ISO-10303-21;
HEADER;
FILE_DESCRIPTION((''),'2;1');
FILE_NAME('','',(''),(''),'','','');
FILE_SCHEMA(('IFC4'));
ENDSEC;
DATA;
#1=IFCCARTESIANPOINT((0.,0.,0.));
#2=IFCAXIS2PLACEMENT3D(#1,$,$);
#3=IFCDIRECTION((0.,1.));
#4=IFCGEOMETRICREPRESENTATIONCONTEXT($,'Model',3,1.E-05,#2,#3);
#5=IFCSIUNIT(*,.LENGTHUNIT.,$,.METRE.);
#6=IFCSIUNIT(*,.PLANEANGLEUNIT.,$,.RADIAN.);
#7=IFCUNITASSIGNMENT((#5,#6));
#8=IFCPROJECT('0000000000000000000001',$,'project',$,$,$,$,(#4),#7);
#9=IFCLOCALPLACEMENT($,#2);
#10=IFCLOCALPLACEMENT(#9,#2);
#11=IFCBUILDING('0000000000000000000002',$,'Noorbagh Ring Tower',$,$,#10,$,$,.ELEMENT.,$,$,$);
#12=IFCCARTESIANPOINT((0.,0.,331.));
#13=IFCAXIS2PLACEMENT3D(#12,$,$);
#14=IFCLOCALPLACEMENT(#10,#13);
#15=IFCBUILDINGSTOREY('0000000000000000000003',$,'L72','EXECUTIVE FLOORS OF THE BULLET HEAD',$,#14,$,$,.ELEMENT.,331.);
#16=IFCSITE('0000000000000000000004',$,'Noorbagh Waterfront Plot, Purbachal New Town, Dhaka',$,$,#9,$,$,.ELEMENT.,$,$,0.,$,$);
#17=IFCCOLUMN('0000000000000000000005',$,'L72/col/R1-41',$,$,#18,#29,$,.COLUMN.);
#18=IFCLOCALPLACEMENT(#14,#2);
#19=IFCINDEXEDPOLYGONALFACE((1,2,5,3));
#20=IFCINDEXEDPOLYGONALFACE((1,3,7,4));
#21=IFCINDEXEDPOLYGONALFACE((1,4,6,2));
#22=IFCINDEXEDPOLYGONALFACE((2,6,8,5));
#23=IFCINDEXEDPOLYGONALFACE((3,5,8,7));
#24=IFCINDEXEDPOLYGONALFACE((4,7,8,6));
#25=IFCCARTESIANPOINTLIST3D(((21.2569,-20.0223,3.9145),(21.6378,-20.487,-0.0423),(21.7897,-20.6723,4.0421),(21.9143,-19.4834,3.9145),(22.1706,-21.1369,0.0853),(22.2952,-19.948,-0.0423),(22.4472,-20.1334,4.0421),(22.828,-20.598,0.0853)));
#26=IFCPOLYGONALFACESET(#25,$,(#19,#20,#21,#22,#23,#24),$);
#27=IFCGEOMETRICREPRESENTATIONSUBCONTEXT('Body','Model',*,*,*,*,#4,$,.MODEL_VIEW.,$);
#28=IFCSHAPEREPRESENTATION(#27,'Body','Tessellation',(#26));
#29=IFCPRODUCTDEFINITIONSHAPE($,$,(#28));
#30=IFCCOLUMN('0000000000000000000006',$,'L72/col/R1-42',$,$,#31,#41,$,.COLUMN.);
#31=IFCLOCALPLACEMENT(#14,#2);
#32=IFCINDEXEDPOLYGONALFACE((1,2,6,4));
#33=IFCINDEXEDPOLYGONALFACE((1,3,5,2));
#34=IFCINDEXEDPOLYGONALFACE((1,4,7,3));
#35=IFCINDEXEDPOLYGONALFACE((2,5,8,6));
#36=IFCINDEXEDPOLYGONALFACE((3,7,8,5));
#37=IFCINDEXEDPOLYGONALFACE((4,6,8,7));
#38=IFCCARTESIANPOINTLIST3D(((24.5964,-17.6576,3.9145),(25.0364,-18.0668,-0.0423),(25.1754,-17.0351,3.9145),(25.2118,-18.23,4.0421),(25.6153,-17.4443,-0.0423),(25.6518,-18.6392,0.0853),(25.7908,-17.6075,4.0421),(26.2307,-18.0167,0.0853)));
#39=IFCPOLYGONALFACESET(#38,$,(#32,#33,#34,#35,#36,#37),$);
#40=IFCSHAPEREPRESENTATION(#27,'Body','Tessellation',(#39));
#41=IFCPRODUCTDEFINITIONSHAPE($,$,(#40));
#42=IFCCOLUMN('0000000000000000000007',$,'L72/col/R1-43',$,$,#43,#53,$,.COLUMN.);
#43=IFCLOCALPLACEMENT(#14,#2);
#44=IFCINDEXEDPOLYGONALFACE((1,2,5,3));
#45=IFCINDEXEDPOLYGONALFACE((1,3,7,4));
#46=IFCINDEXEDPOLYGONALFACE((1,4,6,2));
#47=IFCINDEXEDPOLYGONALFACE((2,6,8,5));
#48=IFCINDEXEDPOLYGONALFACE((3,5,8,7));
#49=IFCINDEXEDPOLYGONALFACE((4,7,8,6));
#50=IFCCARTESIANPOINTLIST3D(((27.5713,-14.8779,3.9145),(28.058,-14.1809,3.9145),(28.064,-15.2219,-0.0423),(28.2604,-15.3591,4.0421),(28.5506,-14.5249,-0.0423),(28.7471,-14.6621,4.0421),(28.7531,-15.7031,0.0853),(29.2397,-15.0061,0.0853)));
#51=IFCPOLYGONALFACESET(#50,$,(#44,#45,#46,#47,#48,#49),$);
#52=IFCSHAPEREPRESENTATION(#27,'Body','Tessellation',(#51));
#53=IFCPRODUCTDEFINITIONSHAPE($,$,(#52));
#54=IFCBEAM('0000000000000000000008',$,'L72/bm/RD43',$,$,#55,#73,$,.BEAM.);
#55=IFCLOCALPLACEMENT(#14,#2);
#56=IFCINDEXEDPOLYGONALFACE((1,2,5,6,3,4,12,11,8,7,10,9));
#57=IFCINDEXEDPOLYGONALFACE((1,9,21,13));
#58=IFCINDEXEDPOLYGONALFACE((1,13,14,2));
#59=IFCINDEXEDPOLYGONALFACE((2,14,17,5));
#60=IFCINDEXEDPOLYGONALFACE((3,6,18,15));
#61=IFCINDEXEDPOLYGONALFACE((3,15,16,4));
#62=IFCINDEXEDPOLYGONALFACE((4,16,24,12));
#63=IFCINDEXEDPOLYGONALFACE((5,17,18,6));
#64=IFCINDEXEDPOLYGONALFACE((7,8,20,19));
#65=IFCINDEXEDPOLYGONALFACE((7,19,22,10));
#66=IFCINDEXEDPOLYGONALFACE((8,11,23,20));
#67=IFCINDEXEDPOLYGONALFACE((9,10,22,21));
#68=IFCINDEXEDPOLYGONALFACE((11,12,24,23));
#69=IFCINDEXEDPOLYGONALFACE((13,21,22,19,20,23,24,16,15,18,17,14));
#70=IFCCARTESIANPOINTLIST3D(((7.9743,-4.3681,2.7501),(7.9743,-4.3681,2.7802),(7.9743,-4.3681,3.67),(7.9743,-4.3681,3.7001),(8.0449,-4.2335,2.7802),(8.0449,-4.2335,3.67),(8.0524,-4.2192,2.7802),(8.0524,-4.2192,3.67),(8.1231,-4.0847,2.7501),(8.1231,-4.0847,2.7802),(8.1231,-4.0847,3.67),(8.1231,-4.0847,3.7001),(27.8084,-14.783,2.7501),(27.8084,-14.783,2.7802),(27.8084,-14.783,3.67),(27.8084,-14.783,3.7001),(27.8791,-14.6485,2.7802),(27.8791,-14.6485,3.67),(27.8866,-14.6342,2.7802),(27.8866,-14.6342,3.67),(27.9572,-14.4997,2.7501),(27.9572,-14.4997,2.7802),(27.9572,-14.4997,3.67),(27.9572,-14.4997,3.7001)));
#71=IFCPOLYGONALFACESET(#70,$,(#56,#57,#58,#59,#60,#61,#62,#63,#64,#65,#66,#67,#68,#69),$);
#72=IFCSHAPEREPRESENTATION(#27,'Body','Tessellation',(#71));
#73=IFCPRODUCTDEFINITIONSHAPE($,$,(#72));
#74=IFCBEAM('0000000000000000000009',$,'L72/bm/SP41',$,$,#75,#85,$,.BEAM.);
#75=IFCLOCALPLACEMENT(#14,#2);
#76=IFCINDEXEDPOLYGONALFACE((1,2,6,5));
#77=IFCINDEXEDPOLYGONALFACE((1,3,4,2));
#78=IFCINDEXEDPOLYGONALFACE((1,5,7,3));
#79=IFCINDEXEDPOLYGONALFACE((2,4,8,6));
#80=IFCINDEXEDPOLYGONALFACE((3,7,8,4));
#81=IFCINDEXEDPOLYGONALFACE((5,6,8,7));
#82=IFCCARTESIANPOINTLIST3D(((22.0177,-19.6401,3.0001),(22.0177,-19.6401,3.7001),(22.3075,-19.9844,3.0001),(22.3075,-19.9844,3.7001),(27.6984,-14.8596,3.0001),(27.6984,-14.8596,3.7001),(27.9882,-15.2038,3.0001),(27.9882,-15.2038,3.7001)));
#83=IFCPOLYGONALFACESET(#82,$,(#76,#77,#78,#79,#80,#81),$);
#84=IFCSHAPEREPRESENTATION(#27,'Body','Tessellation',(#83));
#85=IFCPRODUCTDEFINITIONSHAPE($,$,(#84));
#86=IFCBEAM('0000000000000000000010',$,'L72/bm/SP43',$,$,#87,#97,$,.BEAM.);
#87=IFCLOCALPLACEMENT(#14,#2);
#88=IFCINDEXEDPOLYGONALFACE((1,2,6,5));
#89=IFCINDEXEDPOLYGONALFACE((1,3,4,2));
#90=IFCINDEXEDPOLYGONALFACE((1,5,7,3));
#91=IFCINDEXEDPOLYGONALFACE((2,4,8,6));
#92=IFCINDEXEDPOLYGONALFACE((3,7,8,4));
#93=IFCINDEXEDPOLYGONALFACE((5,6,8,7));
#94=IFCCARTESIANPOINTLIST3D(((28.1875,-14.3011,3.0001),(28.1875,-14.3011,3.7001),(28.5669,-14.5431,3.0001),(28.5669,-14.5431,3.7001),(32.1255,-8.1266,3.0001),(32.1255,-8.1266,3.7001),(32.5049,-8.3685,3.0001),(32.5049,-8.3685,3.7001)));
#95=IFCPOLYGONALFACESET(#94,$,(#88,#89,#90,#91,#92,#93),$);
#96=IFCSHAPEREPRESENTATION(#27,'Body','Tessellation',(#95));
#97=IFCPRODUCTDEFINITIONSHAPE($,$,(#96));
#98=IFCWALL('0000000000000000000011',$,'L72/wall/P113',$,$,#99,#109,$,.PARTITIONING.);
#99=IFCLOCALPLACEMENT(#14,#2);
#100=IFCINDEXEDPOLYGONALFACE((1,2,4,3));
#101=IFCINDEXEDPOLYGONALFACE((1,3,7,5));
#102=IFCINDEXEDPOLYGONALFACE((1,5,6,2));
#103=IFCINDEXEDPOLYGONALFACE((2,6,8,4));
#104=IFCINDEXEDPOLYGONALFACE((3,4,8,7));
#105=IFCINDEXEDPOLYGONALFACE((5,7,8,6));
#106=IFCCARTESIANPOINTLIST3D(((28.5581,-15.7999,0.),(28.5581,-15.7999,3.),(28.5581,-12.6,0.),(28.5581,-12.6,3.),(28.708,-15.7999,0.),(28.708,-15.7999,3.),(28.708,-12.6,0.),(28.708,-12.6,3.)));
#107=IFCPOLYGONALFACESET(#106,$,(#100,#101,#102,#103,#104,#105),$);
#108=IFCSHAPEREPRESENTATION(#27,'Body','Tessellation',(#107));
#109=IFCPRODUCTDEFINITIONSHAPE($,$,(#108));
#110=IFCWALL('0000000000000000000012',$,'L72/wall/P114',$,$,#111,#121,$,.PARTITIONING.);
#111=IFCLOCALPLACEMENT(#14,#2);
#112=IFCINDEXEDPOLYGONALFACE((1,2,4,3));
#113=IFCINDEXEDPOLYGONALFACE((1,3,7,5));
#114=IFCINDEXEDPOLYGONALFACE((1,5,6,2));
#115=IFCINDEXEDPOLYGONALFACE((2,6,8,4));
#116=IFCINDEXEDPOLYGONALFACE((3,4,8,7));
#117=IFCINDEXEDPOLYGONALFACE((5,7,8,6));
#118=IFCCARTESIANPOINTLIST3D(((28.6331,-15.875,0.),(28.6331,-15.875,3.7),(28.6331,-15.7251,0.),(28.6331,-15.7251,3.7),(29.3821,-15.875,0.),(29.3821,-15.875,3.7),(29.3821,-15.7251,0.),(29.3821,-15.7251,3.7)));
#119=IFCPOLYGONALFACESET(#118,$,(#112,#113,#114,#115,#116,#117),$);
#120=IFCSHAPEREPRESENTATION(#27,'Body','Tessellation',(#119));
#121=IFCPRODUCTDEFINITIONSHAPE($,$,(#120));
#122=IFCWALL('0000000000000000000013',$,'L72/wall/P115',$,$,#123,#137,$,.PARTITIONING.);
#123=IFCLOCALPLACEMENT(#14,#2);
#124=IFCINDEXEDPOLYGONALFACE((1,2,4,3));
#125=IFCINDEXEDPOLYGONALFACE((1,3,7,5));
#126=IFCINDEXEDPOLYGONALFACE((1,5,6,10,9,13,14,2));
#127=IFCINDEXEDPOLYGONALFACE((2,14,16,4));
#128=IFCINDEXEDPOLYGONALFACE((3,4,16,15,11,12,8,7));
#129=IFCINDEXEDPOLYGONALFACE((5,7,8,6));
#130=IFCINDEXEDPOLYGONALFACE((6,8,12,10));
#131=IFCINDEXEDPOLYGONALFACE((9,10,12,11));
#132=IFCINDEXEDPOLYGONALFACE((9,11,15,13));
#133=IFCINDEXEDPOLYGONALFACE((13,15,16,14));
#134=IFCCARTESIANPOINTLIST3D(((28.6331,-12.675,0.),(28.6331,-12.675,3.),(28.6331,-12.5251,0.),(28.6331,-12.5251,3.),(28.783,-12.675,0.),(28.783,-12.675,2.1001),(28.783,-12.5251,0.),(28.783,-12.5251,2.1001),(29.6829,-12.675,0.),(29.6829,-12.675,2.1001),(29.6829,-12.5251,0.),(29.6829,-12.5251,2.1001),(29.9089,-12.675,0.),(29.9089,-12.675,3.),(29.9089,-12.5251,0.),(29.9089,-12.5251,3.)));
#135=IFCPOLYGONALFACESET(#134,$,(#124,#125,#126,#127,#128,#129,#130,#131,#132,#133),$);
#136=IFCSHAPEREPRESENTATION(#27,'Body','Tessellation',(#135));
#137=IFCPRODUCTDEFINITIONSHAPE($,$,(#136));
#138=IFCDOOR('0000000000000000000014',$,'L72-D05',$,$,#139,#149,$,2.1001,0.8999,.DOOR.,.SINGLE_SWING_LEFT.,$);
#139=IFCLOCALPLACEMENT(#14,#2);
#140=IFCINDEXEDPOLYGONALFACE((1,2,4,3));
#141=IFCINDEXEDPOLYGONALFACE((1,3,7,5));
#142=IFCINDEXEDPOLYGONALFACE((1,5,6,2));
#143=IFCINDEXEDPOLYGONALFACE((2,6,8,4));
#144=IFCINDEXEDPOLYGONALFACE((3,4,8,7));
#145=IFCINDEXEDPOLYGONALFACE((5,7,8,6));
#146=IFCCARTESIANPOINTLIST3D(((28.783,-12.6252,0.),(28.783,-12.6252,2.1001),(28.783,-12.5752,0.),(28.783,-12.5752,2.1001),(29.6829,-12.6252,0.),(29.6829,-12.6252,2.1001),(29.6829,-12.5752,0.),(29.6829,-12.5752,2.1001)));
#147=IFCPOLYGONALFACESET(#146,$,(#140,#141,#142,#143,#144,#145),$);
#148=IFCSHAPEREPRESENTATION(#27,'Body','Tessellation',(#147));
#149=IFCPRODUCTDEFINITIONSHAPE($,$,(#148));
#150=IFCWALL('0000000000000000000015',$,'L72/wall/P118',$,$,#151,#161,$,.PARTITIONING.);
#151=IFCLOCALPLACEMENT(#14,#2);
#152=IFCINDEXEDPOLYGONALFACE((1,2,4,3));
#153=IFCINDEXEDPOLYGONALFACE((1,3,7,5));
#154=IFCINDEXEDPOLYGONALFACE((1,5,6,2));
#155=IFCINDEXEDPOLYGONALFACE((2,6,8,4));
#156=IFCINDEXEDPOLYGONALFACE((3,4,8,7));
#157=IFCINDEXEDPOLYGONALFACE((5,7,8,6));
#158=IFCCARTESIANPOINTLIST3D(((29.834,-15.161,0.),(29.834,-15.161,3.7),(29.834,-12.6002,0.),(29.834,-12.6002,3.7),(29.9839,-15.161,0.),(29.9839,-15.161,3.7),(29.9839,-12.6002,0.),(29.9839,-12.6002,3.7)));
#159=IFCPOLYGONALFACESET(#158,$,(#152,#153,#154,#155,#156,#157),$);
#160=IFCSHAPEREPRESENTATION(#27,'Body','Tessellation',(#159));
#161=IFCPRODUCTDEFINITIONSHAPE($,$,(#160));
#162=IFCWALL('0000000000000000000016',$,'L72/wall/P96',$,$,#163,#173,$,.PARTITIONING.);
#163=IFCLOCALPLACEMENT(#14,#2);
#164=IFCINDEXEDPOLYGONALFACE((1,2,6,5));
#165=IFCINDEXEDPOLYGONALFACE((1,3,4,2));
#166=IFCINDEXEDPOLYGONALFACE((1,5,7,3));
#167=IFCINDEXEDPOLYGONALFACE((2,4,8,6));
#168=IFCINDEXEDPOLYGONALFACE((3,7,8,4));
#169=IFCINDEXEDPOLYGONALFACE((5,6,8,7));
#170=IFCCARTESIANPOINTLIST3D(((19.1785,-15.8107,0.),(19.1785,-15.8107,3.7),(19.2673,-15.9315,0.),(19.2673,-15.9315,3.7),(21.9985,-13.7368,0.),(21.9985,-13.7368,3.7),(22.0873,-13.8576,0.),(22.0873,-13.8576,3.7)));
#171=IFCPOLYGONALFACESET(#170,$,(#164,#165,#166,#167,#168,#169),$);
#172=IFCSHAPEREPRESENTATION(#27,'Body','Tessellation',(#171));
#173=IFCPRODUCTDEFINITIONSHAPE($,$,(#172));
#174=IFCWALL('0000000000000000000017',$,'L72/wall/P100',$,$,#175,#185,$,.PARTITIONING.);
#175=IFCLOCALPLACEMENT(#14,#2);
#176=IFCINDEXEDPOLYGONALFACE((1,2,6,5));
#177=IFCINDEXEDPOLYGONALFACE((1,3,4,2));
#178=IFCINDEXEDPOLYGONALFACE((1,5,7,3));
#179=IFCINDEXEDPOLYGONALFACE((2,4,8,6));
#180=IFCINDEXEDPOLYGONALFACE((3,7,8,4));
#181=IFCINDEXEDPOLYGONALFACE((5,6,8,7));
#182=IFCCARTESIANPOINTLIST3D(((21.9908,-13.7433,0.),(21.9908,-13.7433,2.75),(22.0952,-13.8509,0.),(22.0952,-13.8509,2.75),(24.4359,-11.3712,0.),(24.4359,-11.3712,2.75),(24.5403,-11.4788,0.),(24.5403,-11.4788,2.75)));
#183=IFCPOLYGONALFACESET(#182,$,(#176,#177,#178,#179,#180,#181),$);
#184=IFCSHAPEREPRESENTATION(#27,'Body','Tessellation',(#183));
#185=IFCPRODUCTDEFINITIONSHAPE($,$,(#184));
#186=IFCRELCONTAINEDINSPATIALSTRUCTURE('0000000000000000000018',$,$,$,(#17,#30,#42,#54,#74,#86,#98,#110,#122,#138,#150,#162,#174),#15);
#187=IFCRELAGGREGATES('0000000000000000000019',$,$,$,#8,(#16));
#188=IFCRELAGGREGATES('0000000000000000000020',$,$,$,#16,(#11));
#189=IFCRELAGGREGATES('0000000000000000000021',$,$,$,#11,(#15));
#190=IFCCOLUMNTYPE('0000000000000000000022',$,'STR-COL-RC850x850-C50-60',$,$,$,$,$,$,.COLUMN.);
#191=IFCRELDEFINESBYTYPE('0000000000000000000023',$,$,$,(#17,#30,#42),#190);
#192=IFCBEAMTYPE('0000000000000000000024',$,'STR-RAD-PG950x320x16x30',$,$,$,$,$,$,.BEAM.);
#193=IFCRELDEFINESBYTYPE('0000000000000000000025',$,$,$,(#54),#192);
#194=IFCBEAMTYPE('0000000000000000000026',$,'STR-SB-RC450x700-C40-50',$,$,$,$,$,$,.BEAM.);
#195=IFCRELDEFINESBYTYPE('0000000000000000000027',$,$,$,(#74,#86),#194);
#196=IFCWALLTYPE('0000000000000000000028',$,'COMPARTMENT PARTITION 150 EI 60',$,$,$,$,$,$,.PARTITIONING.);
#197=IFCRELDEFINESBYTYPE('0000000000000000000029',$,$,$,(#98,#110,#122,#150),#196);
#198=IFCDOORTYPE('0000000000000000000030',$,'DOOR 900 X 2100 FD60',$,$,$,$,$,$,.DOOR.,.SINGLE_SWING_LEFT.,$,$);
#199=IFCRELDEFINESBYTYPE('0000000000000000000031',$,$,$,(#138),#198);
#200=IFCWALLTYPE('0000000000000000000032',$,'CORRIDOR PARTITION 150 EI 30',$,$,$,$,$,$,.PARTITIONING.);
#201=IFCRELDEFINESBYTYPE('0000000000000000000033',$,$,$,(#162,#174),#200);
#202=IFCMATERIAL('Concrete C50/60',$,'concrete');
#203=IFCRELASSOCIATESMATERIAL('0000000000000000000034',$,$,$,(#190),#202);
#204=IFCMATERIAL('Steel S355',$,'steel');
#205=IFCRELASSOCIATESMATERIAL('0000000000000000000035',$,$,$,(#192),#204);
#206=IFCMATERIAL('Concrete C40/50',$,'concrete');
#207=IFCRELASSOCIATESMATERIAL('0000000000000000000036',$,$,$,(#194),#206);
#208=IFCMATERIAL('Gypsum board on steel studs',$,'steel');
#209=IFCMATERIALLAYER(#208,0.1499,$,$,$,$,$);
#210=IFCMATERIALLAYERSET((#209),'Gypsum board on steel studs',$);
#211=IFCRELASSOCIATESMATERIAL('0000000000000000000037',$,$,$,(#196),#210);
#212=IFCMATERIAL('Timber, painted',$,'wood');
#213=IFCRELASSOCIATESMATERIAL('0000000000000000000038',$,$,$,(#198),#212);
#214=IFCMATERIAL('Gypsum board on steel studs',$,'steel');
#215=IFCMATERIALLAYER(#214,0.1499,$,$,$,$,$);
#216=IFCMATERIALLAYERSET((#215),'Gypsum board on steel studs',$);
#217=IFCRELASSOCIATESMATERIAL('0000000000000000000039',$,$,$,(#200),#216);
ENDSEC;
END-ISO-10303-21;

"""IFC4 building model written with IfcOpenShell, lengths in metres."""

from ifc_helpers import new_model, si_unit, direction, frame, frame_2d, origin, origin_2d, place, context, subcontext, project, spatial, rectangle, i_section, extrude, material, layer, layer_set, material_profile, profile_set, type_object, element, fill, save


model = new_model("IFC4")

# Units and contexts
model_context = context("Model", 3, precision=1e-05, world=origin(), true_north=direction((0.0, 1.0)))
body_context = subcontext(model_context, "Body", "Model", "MODEL_VIEW")
ifc_project = project(units=[si_unit("LENGTHUNIT", "METRE"), si_unit("PLANEANGLEUNIT", "RADIAN")], contexts=[model_context])

# Site, building, storey
site_placement = place(None, origin())
site = spatial("IfcSite", under=ifc_project, at=site_placement, Name="Noorbagh Waterfront Plot, Purbachal New Town, Dhaka", CompositionType="ELEMENT", RefElevation=0.0)
building_placement = place(site_placement, origin())
building = spatial("IfcBuilding", under=site, at=building_placement, Name="Noorbagh Ring Tower", CompositionType="ELEMENT")
storey_placement = place(building_placement, frame((0.0, 0.0, 331.0)))
storey = spatial("IfcBuildingStorey", under=building, at=storey_placement, Name="L72", Description="EXECUTIVE FLOORS OF THE BULLET HEAD", CompositionType="ELEMENT", Elevation=331.0)

# Columns
ifc_material_1 = material(Name="Concrete C50/60", Category="concrete")
ifc_material_profile_1 = material_profile(ifc_material_1, rectangle(XDim=0.8501, YDim=0.8501, at=origin_2d()), Name="RC850x850")
ifc_profile_set_1 = profile_set([ifc_material_profile_1], Name="Concrete C50/60")
column_type = type_object("IfcColumnType", Name="STR-COL-RC850x850-C50-60", PredefinedType="COLUMN", material=ifc_profile_set_1)
for number, where, z_axis, x_axis, name in (
    (1, (22.2329, -20.5425, 0.0215), (-0.095164, 0.116088, 0.988669), (-0.773359, -0.633968, 0.0), "L72/col/R1-41"),
    (2, (25.6335, -18.0417, 0.0215), (-0.109926, 0.10224, 0.988667), (-0.681043, -0.732243, 0.0), "L72/col/R1-42"),
    (3, (28.6519, -15.114, 0.0215), (-0.123103, 0.085952, 0.988665), (-0.57248, -0.819919, 0.0), "L72/col/R1-43"),
):
    element("IfcColumn", number, at=place(storey_placement, frame(where, z_axis=z_axis, x_axis=x_axis)), inside=storey, type_object=column_type, Name=name, PredefinedType="COLUMN", context=body_context, shape_type="SweptSolid", body=[
        extrude(rectangle(XDim=0.8501, YDim=0.8501, at=origin_2d()), origin(), (0.0, 0.0, 1.0), 4.0022),
    ])

# Beams
ifc_material_2 = material(Name="Steel S355", Category="steel")
ifc_material_profile_2 = material_profile(ifc_material_2, i_section(OverallWidth=0.3201, OverallDepth=0.95, WebThickness=0.0161, FlangeThickness=0.03, at=origin_2d()), Name="PG950x320x16x30")
ifc_profile_set_2 = profile_set([ifc_material_profile_2], Name="Steel S355")
beam_type_1 = type_object("IfcBeamType", Name="STR-RAD-PG950x320x16x30", PredefinedType="BEAM", material=ifc_profile_set_2)
beam_1_placement = place(storey_placement, frame((27.8828, -14.6414, 3.2251), z_axis=(-0.88536, 0.464906, 0.0), x_axis=(-0.464906, -0.88536, 0.0)))
element("IfcBeam", 4, at=beam_1_placement, inside=storey, type_object=beam_type_1, Name="L72/bm/RD43", PredefinedType="BEAM", context=body_context, shape_type="SweptSolid", body=[
    extrude(i_section(OverallWidth=0.3201, OverallDepth=0.95, WebThickness=0.0161, FlangeThickness=0.03, at=origin_2d()), origin(), (0.0, 0.0, 1.0), 22.4023),
])
ifc_material_3 = material(Name="Concrete C40/50", Category="concrete")
ifc_material_profile_3 = material_profile(ifc_material_3, rectangle(XDim=0.45, YDim=0.7, at=origin_2d()), Name="RC450x700")
ifc_profile_set_3 = profile_set([ifc_material_profile_3], Name="Concrete C40/50")
beam_type_2 = type_object("IfcBeamType", Name="STR-SB-RC450x700-C40-50", PredefinedType="BEAM", material=ifc_profile_set_3)
beam_2_placement = place(storey_placement, frame((22.1626, -19.8123, 3.3501), z_axis=(0.765123, 0.643884, 0.0), x_axis=(-0.643884, 0.765123, 0.0)))
element("IfcBeam", 5, at=beam_2_placement, inside=storey, type_object=beam_type_2, Name="L72/bm/SP41", PredefinedType="BEAM", context=body_context, shape_type="SweptSolid", body=[
    extrude(rectangle(XDim=0.45, YDim=0.7, at=origin_2d()), origin(), (0.0, 0.0, 1.0), 7.4246),
])
beam_3_placement = place(storey_placement, frame((28.3772, -14.4221, 3.3501), z_axis=(0.537723, 0.843122, 0.0), x_axis=(-0.843122, 0.537723, 0.0)))
element("IfcBeam", 6, at=beam_3_placement, inside=storey, type_object=beam_type_2, Name="L72/bm/SP43", PredefinedType="BEAM", context=body_context, shape_type="SweptSolid", body=[
    extrude(rectangle(XDim=0.45, YDim=0.7, at=origin_2d()), origin(), (0.0, 0.0, 1.0), 7.3235),
])

# Walls
ifc_material_4 = material(Name="Gypsum board on steel studs", Category="steel")
ifc_layer_1 = layer(ifc_material_4, 0.1499)
ifc_layer_set_1 = layer_set([ifc_layer_1], Name="Gypsum board on steel studs")
wall_type_1 = type_object("IfcWallType", Name="COMPARTMENT PARTITION 150 EI 60", PredefinedType="PARTITIONING", material=ifc_layer_set_1)
wall_1_placement = place(storey_placement, frame((28.6331, -15.8, 0.0), z_axis=(0.0, 0.0, 1.0), x_axis=(0.0, 1.0, 0.0)))
element("IfcWall", 7, at=wall_1_placement, inside=storey, type_object=wall_type_1, Name="L72/wall/P113", PredefinedType="PARTITIONING", context=body_context, shape_type="SweptSolid", body=[
    extrude(rectangle(XDim=3.2, YDim=0.1499, at=frame_2d((1.6001, 0.0))), origin(), (0.0, 0.0, 1.0), 3.0),
])
wall_2_placement = place(storey_placement, frame((28.6331, -15.8, 0.0), z_axis=(0.0, 0.0, 1.0), x_axis=(1.0, 0.0, 0.0)))
element("IfcWall", 8, at=wall_2_placement, inside=storey, type_object=wall_type_1, Name="L72/wall/P114", PredefinedType="PARTITIONING", context=body_context, shape_type="SweptSolid", body=[
    extrude(rectangle(XDim=0.749, YDim=0.1499, at=frame_2d((0.3745, 0.0))), origin(), (0.0, 0.0, 1.0), 3.7),
])

# Wall, opening, door
wall_3_placement = place(storey_placement, frame((28.6331, -12.6001, 0.0), z_axis=(0.0, 0.0, 1.0), x_axis=(1.0, 0.0, 0.0)))
wall_3 = element("IfcWall", 9, at=wall_3_placement, inside=storey, type_object=wall_type_1, Name="L72/wall/P115", PredefinedType="PARTITIONING", context=body_context, shape_type="SweptSolid", body=[
    extrude(rectangle(XDim=1.2759, YDim=0.1499, at=frame_2d((0.6379, 0.0))), origin(), (0.0, 0.0, 1.0), 3.0),
])
opening_1_placement = place(wall_3_placement, frame((0.1499, 0.0, 0.0)))
opening_1 = element("IfcOpeningElement", 10, at=opening_1_placement, cuts=wall_3, PredefinedType="OPENING", context=body_context, shape_type="SweptSolid", body=[
    extrude(rectangle(XDim=0.8999, YDim=2.1001, at=frame_2d((0.45, 1.05))), frame((0.0, 0.085, 0.0), z_axis=(0.0, -1.0, 0.0), x_axis=(1.0, 0.0, 0.0)), (0.0, 0.0, 1.0), 0.1699),
])
ifc_material_5 = material(Name="Timber, painted", Category="wood")
door_type_1 = type_object("IfcDoorType", Name="DOOR 900 X 2100 FD60", OperationType="SINGLE_SWING_LEFT", PredefinedType="DOOR", material=ifc_material_5)
door_1_placement = place(opening_1_placement, origin())
door_1 = element("IfcDoor", 11, at=door_1_placement, inside=storey, type_object=door_type_1, Name="L72-D05", OperationType="SINGLE_SWING_LEFT", OverallHeight=2.1001, OverallWidth=0.8999, PredefinedType="DOOR", context=body_context, shape_type="SweptSolid", body=[
    extrude(rectangle(XDim=0.8999, YDim=2.1001, at=frame_2d((0.45, 1.05))), frame((0.0, 0.0249, 0.0), z_axis=(0.0, -1.0, 0.0), x_axis=(1.0, 0.0, 0.0)), (0.0, 0.0, 1.0), 0.05),
])
fill(opening_1, door_1)

# Walls
wall_4_placement = place(storey_placement, frame((29.9089, -15.1609, 0.0), z_axis=(0.0, 0.0, 1.0), x_axis=(0.0, 1.0, 0.0)))
element("IfcWall", 12, at=wall_4_placement, inside=storey, type_object=wall_type_1, Name="L72/wall/P118", PredefinedType="PARTITIONING", context=body_context, shape_type="SweptSolid", body=[
    extrude(rectangle(XDim=2.5608, YDim=0.1499, at=frame_2d((1.2803, 0.0))), origin(), (0.0, 0.0, 1.0), 3.7),
])
ifc_material_6 = material(Name="Gypsum board on steel studs", Category="steel")
ifc_layer_2 = layer(ifc_material_6, 0.1499)
ifc_layer_set_2 = layer_set([ifc_layer_2], Name="Gypsum board on steel studs")
wall_type_2 = type_object("IfcWallType", Name="CORRIDOR PARTITION 150 EI 30", PredefinedType="PARTITIONING", material=ifc_layer_set_2)
wall_5_placement = place(storey_placement, frame((19.2229, -15.8711, 0.0), z_axis=(0.0, 0.0, 1.0), x_axis=(0.805597, 0.592464, 0.0)))
element("IfcWall", 13, at=wall_5_placement, inside=storey, type_object=wall_type_2, Name="L72/wall/P96", PredefinedType="PARTITIONING", context=body_context, shape_type="SweptSolid", body=[
    extrude(rectangle(XDim=3.5005, YDim=0.1499, at=frame_2d((1.7502, 0.0))), origin(), (0.0, 0.0, 1.0), 3.7),
])
wall_6_placement = place(storey_placement, frame((22.043, -13.7971, 0.0), z_axis=(0.0, 0.0, 1.0), x_axis=(0.71774, 0.696311, 0.0)))
element("IfcWall", 14, at=wall_6_placement, inside=storey, type_object=wall_type_2, Name="L72/wall/P100", PredefinedType="PARTITIONING", context=body_context, shape_type="SweptSolid", body=[
    extrude(rectangle(XDim=3.4067, YDim=0.1499, at=frame_2d((1.7034, 0.0))), origin(), (0.0, 0.0, 1.0), 2.75),
])

save(model, "model.ifc")
